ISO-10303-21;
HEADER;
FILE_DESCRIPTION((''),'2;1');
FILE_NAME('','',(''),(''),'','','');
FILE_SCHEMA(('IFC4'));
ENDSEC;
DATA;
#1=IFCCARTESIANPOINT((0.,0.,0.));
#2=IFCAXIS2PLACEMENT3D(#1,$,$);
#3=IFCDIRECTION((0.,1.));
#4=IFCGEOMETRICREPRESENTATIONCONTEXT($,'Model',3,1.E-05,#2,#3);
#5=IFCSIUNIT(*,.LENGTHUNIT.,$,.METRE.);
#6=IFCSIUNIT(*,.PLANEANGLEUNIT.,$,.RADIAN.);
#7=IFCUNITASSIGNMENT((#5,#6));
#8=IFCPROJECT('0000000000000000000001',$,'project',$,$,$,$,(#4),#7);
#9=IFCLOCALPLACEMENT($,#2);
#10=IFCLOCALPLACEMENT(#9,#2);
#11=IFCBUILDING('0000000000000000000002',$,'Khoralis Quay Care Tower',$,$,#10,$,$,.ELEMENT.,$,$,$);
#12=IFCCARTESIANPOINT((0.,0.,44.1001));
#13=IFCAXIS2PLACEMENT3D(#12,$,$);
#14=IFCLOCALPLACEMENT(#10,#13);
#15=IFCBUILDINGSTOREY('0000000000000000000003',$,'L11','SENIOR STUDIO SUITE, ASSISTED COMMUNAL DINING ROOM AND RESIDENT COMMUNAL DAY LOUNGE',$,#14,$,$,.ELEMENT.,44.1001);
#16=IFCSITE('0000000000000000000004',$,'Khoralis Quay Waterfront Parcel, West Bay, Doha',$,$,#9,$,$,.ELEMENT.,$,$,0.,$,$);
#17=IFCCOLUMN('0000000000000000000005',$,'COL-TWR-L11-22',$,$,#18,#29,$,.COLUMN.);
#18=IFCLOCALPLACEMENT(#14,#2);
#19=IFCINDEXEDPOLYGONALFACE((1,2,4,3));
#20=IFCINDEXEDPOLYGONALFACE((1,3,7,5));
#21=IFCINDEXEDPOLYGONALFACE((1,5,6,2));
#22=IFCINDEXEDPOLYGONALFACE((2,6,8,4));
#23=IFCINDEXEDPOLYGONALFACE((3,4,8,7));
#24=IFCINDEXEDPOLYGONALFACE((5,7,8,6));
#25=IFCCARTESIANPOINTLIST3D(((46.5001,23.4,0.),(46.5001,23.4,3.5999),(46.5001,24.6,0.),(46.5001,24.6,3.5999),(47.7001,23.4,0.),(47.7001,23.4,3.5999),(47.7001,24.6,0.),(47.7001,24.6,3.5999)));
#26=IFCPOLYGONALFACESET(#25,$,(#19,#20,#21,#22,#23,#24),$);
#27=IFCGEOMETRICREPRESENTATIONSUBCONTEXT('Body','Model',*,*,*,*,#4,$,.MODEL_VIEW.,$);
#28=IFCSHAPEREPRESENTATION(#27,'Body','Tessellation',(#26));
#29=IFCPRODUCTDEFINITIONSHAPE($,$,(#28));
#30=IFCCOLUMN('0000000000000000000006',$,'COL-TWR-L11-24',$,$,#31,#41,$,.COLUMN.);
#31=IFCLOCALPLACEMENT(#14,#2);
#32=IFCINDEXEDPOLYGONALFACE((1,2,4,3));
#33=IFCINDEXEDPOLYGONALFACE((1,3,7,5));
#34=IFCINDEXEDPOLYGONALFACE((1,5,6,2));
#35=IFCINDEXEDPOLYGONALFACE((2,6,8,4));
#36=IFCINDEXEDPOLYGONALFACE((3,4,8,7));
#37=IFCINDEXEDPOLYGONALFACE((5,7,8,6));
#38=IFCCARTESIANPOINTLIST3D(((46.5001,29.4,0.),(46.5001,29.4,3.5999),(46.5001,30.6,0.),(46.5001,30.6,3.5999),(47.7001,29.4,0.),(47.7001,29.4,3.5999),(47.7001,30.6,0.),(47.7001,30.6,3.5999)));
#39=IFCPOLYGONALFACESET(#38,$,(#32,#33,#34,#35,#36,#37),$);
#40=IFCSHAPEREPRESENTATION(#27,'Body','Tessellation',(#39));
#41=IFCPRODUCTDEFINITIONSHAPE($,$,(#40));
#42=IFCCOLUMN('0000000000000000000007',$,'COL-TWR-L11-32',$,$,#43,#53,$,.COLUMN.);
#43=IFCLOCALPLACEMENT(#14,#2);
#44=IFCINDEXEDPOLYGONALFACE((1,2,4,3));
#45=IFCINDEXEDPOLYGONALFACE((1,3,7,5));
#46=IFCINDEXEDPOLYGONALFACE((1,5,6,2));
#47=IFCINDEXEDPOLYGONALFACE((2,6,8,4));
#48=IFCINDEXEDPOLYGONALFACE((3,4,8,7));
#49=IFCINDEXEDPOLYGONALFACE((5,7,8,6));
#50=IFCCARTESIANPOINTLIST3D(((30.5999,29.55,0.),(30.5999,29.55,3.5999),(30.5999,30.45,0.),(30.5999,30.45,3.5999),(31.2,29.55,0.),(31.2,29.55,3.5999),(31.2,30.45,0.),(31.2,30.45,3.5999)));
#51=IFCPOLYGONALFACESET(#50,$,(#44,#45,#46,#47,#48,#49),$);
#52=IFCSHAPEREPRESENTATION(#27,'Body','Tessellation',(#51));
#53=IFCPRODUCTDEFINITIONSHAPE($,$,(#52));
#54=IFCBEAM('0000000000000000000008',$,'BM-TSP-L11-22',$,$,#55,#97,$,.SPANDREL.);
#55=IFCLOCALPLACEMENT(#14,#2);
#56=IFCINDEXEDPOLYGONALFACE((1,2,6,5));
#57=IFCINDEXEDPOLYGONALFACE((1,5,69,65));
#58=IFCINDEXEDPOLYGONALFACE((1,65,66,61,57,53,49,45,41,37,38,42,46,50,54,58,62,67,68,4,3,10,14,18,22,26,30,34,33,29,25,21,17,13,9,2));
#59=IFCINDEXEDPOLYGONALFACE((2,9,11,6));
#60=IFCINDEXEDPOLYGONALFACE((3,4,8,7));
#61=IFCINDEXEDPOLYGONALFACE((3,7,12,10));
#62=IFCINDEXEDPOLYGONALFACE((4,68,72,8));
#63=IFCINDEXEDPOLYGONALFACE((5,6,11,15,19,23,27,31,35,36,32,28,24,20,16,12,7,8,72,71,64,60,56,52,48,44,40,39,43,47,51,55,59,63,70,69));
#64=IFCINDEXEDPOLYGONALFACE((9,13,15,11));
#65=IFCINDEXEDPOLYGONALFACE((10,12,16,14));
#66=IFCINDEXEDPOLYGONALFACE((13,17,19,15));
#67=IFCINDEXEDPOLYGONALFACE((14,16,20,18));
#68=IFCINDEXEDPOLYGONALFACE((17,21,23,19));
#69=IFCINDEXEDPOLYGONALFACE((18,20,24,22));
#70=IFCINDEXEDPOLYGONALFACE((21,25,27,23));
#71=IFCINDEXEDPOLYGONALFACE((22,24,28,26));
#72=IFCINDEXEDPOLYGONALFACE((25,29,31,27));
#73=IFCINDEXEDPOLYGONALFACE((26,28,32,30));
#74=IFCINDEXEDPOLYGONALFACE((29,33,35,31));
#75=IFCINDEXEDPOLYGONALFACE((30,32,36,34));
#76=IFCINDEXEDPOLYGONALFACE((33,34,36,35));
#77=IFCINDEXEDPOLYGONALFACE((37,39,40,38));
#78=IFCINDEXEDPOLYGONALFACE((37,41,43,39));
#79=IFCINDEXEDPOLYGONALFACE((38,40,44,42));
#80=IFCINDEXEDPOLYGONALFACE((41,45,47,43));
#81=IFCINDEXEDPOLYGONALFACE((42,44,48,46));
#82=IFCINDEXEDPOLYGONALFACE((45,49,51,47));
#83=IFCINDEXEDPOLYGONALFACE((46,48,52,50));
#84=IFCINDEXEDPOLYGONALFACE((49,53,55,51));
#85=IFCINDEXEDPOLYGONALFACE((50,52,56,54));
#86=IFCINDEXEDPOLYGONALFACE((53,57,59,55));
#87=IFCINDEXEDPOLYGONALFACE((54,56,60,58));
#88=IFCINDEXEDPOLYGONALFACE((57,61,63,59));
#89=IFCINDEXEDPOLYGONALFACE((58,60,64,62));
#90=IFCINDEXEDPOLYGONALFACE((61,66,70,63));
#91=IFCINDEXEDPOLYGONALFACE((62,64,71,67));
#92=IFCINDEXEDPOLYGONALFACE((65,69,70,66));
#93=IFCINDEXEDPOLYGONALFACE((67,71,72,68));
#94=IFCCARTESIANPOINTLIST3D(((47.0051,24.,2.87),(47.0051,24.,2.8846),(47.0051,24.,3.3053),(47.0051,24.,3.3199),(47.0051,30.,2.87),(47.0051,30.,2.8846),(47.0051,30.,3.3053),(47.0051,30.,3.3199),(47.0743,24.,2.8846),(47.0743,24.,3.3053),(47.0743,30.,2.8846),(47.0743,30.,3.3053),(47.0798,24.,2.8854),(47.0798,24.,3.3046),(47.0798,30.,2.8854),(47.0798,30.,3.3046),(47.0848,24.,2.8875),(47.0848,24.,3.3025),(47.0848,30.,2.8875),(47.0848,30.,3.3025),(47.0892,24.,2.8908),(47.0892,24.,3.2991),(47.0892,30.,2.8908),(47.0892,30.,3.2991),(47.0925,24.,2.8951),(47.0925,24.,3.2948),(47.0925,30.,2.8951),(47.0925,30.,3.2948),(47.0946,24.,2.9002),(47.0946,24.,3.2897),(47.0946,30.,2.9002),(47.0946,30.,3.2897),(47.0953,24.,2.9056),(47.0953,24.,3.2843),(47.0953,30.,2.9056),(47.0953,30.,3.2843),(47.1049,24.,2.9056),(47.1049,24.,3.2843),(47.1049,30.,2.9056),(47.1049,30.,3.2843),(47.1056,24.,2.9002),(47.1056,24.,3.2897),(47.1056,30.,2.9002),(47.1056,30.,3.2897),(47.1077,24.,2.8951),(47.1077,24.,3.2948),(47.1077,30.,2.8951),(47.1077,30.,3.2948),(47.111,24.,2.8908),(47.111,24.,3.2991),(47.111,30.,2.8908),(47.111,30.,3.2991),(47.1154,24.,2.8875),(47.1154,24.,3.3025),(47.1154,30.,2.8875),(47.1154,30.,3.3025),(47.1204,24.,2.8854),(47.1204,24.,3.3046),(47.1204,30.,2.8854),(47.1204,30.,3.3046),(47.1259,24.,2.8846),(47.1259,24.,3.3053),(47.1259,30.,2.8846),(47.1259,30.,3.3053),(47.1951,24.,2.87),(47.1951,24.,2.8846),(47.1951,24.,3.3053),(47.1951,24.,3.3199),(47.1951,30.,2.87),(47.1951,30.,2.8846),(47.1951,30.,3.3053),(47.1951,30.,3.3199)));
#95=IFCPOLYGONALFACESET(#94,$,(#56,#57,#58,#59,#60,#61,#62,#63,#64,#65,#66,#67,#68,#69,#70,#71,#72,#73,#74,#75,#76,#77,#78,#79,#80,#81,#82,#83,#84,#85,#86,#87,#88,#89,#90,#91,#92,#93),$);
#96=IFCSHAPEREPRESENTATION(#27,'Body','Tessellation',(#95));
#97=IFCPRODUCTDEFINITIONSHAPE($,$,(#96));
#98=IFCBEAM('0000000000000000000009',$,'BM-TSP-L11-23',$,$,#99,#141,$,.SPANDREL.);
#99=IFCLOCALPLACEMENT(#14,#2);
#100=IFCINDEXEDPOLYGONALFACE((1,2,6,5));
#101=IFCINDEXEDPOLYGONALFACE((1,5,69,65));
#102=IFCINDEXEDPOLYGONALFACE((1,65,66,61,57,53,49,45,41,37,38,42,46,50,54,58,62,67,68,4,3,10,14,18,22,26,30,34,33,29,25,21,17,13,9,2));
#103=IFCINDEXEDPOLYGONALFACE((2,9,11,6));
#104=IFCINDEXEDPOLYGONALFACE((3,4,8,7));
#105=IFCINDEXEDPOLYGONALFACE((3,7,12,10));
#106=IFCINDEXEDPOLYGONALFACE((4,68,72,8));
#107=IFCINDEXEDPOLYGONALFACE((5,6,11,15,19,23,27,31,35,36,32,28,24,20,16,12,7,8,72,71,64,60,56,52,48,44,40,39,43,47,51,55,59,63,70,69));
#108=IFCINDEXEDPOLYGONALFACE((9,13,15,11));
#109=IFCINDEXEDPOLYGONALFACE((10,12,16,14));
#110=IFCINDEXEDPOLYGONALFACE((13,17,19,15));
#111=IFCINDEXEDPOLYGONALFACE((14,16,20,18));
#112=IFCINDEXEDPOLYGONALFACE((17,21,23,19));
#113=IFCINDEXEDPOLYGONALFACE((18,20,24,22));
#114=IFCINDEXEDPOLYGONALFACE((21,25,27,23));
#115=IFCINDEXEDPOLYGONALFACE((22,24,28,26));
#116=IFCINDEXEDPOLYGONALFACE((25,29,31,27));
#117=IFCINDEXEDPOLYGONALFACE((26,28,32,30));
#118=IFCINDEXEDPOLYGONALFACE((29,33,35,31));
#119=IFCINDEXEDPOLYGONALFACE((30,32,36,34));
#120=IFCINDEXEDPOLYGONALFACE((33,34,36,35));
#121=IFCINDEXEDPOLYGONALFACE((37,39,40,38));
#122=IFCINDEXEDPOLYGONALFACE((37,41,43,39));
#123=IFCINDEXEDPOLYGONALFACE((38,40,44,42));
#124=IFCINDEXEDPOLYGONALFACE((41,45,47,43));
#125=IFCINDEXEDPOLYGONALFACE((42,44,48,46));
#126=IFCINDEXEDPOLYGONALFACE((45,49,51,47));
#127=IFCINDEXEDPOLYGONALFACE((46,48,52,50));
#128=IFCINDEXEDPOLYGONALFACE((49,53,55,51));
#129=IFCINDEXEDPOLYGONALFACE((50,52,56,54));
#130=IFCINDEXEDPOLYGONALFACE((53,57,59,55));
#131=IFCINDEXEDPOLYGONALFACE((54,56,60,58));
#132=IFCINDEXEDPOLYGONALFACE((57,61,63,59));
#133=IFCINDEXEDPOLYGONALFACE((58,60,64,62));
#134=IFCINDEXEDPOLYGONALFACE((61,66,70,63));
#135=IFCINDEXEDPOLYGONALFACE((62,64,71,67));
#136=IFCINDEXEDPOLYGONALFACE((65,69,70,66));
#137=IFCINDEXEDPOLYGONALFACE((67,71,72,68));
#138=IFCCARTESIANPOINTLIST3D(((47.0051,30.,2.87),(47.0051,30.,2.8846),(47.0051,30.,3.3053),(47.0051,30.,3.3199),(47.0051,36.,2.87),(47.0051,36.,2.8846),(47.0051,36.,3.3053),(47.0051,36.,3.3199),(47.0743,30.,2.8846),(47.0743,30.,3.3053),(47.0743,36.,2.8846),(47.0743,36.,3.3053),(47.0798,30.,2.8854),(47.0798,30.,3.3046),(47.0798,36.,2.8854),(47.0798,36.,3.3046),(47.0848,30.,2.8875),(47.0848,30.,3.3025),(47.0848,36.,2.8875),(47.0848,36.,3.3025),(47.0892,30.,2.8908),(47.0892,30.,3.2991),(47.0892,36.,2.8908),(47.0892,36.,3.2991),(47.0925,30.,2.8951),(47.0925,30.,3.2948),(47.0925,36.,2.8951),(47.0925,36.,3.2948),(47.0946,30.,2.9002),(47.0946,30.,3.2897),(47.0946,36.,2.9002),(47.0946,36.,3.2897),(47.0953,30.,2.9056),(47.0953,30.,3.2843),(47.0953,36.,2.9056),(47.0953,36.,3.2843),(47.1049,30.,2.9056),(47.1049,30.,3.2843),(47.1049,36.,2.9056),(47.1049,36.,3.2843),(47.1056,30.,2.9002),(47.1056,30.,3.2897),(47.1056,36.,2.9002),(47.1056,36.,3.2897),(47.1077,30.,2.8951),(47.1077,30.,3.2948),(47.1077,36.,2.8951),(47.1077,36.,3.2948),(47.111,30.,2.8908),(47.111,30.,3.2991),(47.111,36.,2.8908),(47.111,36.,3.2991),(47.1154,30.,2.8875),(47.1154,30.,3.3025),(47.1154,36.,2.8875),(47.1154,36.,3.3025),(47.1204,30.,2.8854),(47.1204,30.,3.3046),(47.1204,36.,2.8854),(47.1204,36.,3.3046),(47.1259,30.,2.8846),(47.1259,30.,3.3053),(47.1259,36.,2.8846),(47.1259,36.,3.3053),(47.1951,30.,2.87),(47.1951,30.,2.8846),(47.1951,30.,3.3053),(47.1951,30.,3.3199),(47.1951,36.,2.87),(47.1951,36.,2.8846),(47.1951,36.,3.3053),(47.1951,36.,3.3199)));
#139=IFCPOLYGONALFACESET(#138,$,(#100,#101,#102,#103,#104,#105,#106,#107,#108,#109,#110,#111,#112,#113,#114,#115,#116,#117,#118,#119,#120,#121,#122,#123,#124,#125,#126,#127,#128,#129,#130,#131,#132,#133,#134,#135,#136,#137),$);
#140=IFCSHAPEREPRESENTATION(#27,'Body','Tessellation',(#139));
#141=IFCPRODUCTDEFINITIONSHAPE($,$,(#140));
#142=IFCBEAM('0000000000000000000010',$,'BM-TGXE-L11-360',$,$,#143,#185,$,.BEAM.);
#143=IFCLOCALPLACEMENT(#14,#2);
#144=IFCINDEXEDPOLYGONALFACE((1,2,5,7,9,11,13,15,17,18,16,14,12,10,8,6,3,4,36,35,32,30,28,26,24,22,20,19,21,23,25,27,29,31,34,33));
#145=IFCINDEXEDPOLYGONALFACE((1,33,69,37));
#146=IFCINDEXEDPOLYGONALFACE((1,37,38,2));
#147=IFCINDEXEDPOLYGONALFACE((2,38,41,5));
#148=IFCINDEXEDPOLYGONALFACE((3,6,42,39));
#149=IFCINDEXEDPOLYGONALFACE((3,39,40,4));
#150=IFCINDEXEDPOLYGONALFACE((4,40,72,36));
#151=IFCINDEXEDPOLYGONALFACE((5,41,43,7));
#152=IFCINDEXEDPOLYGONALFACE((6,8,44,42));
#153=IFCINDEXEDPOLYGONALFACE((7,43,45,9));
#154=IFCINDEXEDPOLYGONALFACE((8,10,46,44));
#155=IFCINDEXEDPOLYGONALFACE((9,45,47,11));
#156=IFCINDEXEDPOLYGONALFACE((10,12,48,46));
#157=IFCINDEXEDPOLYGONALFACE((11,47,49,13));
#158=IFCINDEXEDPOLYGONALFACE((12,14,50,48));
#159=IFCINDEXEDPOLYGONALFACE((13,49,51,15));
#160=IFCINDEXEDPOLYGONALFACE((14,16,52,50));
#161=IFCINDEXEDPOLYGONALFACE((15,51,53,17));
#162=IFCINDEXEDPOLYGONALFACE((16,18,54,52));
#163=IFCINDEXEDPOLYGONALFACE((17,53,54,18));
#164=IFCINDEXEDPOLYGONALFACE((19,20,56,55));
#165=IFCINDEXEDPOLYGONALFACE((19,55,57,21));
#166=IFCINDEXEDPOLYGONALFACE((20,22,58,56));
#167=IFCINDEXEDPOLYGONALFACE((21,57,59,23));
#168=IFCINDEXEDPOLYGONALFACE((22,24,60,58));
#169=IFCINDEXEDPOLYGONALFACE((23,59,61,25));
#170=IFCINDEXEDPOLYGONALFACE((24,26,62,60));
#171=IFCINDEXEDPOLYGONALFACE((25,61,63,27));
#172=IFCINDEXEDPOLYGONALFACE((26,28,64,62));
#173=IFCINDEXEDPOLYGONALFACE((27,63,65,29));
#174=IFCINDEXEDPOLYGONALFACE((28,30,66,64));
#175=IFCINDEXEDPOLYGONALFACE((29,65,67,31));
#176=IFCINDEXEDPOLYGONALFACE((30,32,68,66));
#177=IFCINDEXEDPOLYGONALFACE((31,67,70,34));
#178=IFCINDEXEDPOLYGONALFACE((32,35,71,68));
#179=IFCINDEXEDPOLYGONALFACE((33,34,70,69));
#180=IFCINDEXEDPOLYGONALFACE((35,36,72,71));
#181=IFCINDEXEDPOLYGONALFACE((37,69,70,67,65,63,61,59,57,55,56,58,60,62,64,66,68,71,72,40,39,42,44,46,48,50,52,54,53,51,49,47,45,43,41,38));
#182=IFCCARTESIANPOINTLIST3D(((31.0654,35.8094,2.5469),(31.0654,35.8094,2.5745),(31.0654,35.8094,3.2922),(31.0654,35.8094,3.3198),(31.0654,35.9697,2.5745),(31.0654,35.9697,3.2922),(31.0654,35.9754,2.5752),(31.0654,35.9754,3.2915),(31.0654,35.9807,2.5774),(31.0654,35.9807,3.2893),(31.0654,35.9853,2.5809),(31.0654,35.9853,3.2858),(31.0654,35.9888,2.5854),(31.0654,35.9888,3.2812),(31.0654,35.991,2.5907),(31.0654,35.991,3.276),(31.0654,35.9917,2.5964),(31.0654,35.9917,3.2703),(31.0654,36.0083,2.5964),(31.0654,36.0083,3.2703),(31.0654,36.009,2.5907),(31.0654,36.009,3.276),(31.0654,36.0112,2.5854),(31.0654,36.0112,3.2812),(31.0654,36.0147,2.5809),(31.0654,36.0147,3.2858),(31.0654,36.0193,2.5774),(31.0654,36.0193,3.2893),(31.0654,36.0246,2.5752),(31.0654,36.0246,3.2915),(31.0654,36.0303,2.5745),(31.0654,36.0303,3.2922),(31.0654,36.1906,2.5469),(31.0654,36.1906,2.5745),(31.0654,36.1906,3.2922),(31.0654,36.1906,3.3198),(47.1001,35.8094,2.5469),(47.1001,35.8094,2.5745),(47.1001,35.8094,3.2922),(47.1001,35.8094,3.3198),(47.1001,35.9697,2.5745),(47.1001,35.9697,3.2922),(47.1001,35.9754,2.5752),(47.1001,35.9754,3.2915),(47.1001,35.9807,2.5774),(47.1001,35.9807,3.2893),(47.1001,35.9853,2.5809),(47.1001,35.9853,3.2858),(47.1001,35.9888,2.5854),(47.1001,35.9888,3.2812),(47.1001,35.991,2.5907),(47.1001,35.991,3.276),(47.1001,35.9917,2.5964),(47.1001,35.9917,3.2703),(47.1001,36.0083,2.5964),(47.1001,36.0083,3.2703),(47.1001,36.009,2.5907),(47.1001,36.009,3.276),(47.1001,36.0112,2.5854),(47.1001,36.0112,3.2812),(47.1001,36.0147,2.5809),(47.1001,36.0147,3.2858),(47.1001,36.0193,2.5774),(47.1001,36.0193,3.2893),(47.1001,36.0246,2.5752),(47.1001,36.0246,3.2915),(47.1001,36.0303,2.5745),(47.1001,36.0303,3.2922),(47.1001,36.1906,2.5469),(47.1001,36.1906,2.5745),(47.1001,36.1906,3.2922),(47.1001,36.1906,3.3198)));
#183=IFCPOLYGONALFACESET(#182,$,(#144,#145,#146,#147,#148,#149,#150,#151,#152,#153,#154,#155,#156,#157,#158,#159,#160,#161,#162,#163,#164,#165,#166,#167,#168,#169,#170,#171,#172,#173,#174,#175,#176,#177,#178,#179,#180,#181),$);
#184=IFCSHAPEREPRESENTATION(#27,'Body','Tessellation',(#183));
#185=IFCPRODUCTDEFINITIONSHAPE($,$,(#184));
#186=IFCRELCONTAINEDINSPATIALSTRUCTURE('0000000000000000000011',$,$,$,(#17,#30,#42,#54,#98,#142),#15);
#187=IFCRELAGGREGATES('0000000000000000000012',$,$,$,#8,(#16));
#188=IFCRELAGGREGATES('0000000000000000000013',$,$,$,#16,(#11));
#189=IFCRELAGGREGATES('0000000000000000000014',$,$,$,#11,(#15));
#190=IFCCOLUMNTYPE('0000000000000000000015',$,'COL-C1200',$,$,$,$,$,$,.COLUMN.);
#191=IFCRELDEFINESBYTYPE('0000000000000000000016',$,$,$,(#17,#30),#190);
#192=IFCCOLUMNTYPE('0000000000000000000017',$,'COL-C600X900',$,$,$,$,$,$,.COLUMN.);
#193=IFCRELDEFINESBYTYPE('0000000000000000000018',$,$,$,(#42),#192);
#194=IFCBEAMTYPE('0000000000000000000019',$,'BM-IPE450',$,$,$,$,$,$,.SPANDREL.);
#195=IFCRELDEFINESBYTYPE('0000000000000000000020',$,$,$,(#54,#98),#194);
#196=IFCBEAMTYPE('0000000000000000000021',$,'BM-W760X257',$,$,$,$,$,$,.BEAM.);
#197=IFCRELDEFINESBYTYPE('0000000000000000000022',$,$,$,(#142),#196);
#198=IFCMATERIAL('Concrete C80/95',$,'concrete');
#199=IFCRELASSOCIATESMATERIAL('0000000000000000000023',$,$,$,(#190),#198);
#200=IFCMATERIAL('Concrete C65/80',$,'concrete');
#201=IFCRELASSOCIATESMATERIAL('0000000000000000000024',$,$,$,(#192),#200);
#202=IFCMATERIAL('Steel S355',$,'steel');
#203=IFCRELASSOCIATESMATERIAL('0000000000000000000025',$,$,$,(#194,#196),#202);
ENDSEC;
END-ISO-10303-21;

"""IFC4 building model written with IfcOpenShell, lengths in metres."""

from ifc_helpers import new_model, si_unit, direction, frame, origin, origin_2d, place, context, subcontext, project, spatial, rectangle, i_section, extrude, source, transform, mapped, material, material_profile, profile_set, type_object, element, save


model = new_model("IFC4")

# Units and contexts
model_context = context("Model", 3, precision=1e-05, world=origin(), true_north=direction((0.0, 1.0)))
body_context = subcontext(model_context, "Body", "Model", "MODEL_VIEW")
ifc_project = project(units=[si_unit("LENGTHUNIT", "METRE"), si_unit("PLANEANGLEUNIT", "RADIAN")], contexts=[model_context])

# Site, building, storey
site_placement = place(None, origin())
site = spatial("IfcSite", under=ifc_project, at=site_placement, Name="Khoralis Quay Waterfront Parcel, West Bay, Doha", CompositionType="ELEMENT", RefElevation=0.0)
building_placement = place(site_placement, origin())
building = spatial("IfcBuilding", under=site, at=building_placement, Name="Khoralis Quay Care Tower", CompositionType="ELEMENT")
storey_placement = place(building_placement, frame((0.0, 0.0, 44.1001)))
storey = spatial("IfcBuildingStorey", under=building, at=storey_placement, Name="L11", Description="SENIOR STUDIO SUITE, ASSISTED COMMUNAL DINING ROOM AND RESIDENT COMMUNAL DAY LOUNGE", CompositionType="ELEMENT", Elevation=44.1001)

# Columns
ifc_material_1 = material(Name="Concrete C80/95", Category="concrete")
ifc_material_profile_1 = material_profile(ifc_material_1, rectangle(XDim=1.2, YDim=1.2, at=origin_2d()), Name="Concrete C80/95")
ifc_profile_set_1 = profile_set([ifc_material_profile_1], Name="Concrete C80/95")
column_type_1 = type_object("IfcColumnType", Name="COL-C1200", PredefinedType="COLUMN", material=ifc_profile_set_1)
shared_shape_1 = source(origin(), body_context, "Body", "SweptSolid", [
    extrude(rectangle(XDim=1.2, YDim=1.2, at=origin_2d()), origin(), (0.0, 0.0, 1.0), 3.5999),
])
for number, where, z_axis, x_axis, name in (
    (1, (47.1001, 24.0, 0.0), (0.0, 0.0, 1.0), (1.0, 0.0, 0.0), "COL-TWR-L11-22"),
    (2, (47.1001, 30.0, 0.0), (0.0, 0.0, 1.0), (1.0, 0.0, 0.0), "COL-TWR-L11-24"),
):
    element("IfcColumn", number, at=place(storey_placement, frame(where, z_axis=z_axis, x_axis=x_axis)), inside=storey, type_object=column_type_1, Name=name, PredefinedType="COLUMN", context=body_context, shape_type="MappedRepresentation", body=[
        mapped(shared_shape_1, transform((0.0, 0.0, 0.0), scale=1.0)),
    ])
ifc_material_2 = material(Name="Concrete C65/80", Category="concrete")
ifc_material_profile_2 = material_profile(ifc_material_2, rectangle(XDim=0.6001, YDim=0.8999, at=origin_2d()), Name="Concrete C65/80")
ifc_profile_set_2 = profile_set([ifc_material_profile_2], Name="Concrete C65/80")
column_type_2 = type_object("IfcColumnType", Name="COL-C600X900", PredefinedType="COLUMN", material=ifc_profile_set_2)
shared_shape_2 = source(origin(), body_context, "Body", "SweptSolid", [
    extrude(rectangle(XDim=0.6001, YDim=0.8999, at=origin_2d()), origin(), (0.0, 0.0, 1.0), 3.5999),
])
column_placement = place(storey_placement, frame((30.8999, 30.0, 0.0), z_axis=(0.0, 0.0, 1.0), x_axis=(1.0, 0.0, 0.0)))
element("IfcColumn", 3, at=column_placement, inside=storey, type_object=column_type_2, Name="COL-TWR-L11-32", PredefinedType="COLUMN", context=body_context, shape_type="MappedRepresentation", body=[
    mapped(shared_shape_2, transform((0.0, 0.0, 0.0), scale=1.0)),
])

# Beams
ifc_material_3 = material(Name="Steel S355", Category="steel")
ifc_material_profile_3 = material_profile(ifc_material_3, i_section(OverallWidth=0.1899, OverallDepth=0.45, WebThickness=0.0095, FlangeThickness=0.0146, FilletRadius=0.021, at=origin_2d()), Name="Steel S355")
ifc_profile_set_3 = profile_set([ifc_material_profile_3], Name="Steel S355")
beam_type_1 = type_object("IfcBeamType", Name="BM-IPE450", PredefinedType="SPANDREL", material=ifc_profile_set_3)
shared_shape_3 = source(origin(), body_context, "Body", "SweptSolid", [
    extrude(i_section(OverallWidth=0.1899, OverallDepth=0.45, WebThickness=0.0095, FlangeThickness=0.0146, FilletRadius=0.021, at=origin_2d()), origin(), (0.0, 0.0, 1.0), 6.0),
])
for number, where, z_axis, x_axis, name in (
    (4, (47.1001, 24.0, 3.095), (0.0, 1.0, 0.0), (-1.0, 0.0, 0.0), "BM-TSP-L11-22"),
    (5, (47.1001, 30.0, 3.095), (0.0, 1.0, 0.0), (-1.0, 0.0, 0.0), "BM-TSP-L11-23"),
):
    element("IfcBeam", number, at=place(storey_placement, frame(where, z_axis=z_axis, x_axis=x_axis)), inside=storey, type_object=beam_type_1, Name=name, PredefinedType="SPANDREL", context=body_context, shape_type="MappedRepresentation", body=[
        mapped(shared_shape_3, transform((0.0, 0.0, 0.0), scale=1.0)),
    ])
ifc_material_profile_4 = material_profile(ifc_material_3, i_section(OverallWidth=0.3811, OverallDepth=0.7729, WebThickness=0.0166, FlangeThickness=0.0276, FilletRadius=0.022, at=origin_2d()), Name="Steel S355")
ifc_profile_set_4 = profile_set([ifc_material_profile_4], Name="Steel S355")
beam_type_2 = type_object("IfcBeamType", Name="BM-W760X257", PredefinedType="BEAM", material=ifc_profile_set_4)
shared_shape_4 = source(origin(), body_context, "Body", "SweptSolid", [
    extrude(i_section(OverallWidth=0.3811, OverallDepth=0.7729, WebThickness=0.0166, FlangeThickness=0.0276, FilletRadius=0.022, at=origin_2d()), origin(), (0.0, 0.0, 1.0), 16.0347),
])
beam_1_placement = place(storey_placement, frame((31.0654, 36.0, 2.9333), z_axis=(1.0, 0.0, 0.0), x_axis=(0.0, 1.0, 0.0)))
element("IfcBeam", 6, at=beam_1_placement, inside=storey, type_object=beam_type_2, Name="BM-TGXE-L11-360", PredefinedType="BEAM", context=body_context, shape_type="MappedRepresentation", body=[
    mapped(shared_shape_4, transform((0.0, 0.0, 0.0), scale=1.0)),
])

save(model, "model.ifc")
